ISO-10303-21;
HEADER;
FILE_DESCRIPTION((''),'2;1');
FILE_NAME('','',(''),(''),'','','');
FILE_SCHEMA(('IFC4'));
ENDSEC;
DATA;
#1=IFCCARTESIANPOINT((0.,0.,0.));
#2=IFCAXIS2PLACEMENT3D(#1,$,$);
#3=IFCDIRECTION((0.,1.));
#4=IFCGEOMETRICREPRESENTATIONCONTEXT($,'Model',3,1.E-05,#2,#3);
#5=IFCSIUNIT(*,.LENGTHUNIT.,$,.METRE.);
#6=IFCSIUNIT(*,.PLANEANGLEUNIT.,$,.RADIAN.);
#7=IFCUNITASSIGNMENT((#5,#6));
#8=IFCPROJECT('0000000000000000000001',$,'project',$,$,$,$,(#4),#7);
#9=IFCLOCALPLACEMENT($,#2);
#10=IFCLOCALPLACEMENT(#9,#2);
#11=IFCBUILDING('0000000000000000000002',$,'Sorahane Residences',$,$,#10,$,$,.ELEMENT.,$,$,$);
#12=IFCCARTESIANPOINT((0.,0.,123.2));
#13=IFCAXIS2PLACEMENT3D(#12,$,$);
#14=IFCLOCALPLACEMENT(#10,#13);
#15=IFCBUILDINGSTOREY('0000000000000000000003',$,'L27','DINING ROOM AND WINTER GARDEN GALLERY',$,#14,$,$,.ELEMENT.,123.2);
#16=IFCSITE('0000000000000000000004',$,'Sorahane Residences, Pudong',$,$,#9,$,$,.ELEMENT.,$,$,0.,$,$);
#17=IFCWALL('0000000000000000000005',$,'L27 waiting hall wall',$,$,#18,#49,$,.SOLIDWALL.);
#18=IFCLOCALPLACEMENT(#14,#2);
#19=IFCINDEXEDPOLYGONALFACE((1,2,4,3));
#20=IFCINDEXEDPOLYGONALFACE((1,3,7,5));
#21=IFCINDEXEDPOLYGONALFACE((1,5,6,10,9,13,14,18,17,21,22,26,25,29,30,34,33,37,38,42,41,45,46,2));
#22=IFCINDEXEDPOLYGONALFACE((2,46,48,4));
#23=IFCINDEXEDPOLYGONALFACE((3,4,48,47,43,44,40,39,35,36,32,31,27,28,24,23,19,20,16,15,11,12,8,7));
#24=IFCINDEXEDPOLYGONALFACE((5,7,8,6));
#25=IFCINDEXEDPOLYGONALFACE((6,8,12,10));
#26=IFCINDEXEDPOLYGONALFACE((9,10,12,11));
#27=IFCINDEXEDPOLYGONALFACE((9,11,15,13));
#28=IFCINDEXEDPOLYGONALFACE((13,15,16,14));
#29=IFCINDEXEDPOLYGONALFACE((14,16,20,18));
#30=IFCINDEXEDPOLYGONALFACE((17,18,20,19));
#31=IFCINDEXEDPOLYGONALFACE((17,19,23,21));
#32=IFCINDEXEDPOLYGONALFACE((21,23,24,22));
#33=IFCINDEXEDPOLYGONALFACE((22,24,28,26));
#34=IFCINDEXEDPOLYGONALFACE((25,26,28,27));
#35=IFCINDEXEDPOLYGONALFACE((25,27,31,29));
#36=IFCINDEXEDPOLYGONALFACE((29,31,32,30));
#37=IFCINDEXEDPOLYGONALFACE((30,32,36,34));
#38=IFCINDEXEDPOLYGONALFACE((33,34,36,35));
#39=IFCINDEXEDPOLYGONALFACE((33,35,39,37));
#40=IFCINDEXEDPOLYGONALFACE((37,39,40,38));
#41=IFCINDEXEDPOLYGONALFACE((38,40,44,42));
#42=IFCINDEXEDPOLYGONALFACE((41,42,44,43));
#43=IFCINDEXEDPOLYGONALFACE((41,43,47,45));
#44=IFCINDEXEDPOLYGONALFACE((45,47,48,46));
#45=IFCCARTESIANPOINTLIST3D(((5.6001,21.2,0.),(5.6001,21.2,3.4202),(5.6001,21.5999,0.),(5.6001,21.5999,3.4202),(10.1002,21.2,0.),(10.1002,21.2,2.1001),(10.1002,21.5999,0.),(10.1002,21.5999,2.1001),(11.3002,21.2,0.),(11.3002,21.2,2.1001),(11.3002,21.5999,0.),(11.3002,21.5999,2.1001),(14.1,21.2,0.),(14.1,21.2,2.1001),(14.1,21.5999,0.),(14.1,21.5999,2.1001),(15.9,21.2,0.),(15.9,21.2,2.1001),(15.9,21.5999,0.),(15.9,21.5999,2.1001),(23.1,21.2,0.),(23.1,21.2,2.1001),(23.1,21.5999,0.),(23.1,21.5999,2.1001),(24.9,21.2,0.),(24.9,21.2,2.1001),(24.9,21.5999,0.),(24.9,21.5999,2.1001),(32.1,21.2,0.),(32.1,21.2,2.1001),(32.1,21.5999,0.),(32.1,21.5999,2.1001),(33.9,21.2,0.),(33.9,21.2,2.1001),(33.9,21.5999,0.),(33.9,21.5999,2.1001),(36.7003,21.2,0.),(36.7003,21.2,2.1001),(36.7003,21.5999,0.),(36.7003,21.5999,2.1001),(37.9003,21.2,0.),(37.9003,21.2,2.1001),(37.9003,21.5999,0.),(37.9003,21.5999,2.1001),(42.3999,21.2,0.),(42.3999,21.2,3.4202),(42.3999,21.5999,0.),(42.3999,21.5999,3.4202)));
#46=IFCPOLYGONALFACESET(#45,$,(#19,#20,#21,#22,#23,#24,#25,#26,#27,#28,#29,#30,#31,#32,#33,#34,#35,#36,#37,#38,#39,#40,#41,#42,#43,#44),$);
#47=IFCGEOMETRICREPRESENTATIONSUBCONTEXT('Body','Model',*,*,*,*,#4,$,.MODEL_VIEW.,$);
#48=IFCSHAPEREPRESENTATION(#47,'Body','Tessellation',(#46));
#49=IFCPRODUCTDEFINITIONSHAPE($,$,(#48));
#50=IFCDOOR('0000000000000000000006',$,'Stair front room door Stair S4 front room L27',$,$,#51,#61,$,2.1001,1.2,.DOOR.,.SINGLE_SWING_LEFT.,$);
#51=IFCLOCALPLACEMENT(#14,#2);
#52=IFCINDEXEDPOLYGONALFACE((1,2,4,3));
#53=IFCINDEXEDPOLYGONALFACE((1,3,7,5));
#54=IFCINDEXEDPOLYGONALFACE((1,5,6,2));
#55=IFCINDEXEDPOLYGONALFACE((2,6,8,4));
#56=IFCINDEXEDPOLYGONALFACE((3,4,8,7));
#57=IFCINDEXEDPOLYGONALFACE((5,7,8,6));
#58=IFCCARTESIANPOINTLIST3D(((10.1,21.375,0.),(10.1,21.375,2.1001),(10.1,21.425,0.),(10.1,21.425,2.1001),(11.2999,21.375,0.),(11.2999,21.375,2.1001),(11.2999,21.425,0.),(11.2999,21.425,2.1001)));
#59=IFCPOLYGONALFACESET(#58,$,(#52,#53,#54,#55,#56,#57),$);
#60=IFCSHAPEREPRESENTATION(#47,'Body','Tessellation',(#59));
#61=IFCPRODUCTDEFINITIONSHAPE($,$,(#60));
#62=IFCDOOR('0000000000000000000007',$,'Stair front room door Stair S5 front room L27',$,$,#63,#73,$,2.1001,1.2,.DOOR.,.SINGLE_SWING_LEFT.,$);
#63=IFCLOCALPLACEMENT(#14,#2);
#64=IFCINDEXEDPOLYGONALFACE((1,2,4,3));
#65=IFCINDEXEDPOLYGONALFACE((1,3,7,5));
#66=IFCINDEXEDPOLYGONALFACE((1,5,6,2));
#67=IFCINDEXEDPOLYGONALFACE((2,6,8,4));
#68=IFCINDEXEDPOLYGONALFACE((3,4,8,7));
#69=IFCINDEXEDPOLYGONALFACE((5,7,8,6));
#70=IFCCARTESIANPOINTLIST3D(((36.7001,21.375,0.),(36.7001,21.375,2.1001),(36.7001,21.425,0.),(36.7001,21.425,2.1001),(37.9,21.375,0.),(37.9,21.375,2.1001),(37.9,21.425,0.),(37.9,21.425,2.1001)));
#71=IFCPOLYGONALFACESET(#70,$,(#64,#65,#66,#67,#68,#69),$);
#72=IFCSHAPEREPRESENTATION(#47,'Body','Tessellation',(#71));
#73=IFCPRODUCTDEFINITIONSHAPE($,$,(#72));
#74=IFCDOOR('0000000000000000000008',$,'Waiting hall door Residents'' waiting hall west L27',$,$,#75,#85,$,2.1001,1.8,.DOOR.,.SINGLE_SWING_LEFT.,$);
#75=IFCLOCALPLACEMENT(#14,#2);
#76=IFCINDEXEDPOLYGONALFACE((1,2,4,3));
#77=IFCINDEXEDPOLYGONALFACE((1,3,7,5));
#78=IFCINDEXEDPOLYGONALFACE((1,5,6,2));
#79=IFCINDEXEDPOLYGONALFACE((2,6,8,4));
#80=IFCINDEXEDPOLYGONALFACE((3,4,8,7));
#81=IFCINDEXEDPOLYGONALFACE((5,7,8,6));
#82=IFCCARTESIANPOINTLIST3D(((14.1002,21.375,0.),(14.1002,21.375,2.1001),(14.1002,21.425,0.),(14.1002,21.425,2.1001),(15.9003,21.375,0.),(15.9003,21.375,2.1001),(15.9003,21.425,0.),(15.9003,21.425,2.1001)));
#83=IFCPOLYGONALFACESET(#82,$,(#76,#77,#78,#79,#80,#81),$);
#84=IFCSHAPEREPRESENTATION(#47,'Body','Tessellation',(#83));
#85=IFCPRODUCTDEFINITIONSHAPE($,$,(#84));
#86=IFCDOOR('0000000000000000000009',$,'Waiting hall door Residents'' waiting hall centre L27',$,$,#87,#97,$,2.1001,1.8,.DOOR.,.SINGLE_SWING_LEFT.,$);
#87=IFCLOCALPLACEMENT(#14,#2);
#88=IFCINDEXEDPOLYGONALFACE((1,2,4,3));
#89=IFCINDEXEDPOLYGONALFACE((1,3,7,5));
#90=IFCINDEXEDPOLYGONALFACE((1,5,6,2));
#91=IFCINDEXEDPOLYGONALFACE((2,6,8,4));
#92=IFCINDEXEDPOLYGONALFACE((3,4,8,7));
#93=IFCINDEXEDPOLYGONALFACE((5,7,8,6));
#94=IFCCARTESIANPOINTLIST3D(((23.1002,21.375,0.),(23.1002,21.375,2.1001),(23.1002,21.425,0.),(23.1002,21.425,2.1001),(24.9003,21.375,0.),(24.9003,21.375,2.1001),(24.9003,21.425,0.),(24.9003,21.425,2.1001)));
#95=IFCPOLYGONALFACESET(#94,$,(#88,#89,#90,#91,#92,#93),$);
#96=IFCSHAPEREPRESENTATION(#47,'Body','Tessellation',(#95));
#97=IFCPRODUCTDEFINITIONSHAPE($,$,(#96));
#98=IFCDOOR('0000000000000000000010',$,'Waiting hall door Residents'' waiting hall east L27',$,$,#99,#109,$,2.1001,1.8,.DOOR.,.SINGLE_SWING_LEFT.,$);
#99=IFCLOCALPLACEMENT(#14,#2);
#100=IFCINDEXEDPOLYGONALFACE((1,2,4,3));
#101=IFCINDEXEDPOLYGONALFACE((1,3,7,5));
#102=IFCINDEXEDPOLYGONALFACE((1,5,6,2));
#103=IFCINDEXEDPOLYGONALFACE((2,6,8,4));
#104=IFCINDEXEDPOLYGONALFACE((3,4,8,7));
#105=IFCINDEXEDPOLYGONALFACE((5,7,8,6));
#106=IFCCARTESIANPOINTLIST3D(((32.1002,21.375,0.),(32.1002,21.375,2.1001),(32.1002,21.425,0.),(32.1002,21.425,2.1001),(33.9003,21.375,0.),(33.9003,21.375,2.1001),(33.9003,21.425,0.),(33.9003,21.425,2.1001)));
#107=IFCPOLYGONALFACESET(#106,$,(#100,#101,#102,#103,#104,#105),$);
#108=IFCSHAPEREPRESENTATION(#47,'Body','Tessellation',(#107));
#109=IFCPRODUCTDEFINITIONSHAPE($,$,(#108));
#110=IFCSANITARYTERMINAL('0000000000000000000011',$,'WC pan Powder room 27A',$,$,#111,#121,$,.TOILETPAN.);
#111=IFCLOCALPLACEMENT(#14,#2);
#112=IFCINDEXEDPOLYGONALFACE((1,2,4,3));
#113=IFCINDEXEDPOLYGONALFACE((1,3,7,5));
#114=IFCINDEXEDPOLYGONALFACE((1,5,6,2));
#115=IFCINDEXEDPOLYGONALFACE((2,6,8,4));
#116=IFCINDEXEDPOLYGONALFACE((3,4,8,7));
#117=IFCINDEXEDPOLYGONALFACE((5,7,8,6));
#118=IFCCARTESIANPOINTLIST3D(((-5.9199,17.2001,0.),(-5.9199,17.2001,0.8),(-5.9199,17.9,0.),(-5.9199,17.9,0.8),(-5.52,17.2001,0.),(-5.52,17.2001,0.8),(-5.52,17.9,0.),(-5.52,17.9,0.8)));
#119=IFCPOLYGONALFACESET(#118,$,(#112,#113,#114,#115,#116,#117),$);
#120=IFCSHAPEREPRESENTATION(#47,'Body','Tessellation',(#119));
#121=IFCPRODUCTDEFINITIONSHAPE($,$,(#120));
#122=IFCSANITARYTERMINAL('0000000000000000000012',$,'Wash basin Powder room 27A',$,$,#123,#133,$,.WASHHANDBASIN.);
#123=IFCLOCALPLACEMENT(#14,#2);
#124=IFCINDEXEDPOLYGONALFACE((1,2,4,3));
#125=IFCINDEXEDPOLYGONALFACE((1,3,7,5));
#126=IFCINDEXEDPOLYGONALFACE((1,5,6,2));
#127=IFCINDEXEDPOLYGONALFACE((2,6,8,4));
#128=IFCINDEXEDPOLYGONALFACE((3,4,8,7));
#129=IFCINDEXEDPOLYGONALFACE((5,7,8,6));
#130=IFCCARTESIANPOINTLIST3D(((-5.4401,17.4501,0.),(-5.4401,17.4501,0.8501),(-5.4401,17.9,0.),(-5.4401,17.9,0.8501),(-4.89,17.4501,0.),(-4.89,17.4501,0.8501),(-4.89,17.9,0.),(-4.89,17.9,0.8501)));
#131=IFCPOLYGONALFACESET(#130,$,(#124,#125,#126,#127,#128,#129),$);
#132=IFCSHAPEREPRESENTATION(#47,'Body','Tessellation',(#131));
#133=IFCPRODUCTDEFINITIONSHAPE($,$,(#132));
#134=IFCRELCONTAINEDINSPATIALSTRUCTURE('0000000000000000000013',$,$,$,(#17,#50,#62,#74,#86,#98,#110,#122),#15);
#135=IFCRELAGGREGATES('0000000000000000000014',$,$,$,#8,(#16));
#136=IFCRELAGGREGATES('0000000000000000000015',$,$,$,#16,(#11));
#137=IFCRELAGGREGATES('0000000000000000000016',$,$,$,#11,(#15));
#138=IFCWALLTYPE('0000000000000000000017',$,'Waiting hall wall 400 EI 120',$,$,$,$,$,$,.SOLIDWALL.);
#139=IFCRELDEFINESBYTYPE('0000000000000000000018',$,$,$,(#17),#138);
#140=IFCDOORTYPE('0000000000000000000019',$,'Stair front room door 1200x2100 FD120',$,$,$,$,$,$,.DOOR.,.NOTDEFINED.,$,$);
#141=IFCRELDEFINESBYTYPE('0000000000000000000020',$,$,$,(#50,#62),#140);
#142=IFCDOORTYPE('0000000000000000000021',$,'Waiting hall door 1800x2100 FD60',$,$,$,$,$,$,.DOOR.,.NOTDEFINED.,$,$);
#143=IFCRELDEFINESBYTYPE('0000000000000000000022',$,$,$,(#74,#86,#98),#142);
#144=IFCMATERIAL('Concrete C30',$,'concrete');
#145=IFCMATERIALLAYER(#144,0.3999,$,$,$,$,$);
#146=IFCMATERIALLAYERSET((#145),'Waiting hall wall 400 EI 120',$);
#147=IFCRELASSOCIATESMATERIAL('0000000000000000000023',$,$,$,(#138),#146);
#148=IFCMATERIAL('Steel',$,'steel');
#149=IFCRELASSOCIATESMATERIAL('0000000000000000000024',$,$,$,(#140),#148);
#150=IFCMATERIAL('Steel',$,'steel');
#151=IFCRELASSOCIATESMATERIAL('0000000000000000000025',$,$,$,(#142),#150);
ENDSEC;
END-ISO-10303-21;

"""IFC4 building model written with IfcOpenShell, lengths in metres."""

from ifc_helpers import new_model, si_unit, direction, frame, frame_2d, origin, origin_2d, place, context, subcontext, project, spatial, rectangle, extrude, material, layer, layer_set, type_object, element, fill, save


model = new_model("IFC4")

# Units and contexts
model_context = context("Model", 3, precision=1e-05, world=origin(), true_north=direction((0.0, 1.0)))
body_context = subcontext(model_context, "Body", "Model", "MODEL_VIEW")
ifc_project = project(units=[si_unit("LENGTHUNIT", "METRE"), si_unit("PLANEANGLEUNIT", "RADIAN")], contexts=[model_context])

# Site, building, storey
site_placement = place(None, origin())
site = spatial("IfcSite", under=ifc_project, at=site_placement, Name="Sorahane Residences, Pudong", CompositionType="ELEMENT", RefElevation=0.0)
building_placement = place(site_placement, origin())
building = spatial("IfcBuilding", under=site, at=building_placement, Name="Sorahane Residences", CompositionType="ELEMENT")
storey_placement = place(building_placement, frame((0.0, 0.0, 123.2)))
storey = spatial("IfcBuildingStorey", under=building, at=storey_placement, Name="L27", Description="DINING ROOM AND WINTER GARDEN GALLERY", CompositionType="ELEMENT", Elevation=123.2)

# Wall, openings, doors
ifc_material_1 = material(Name="Concrete C30", Category="concrete")
ifc_layer_1 = layer(ifc_material_1, 0.3999)
ifc_layer_set_1 = layer_set([ifc_layer_1], Name="Waiting hall wall 400 EI 120")
wall_type_1 = type_object("IfcWallType", Name="Waiting hall wall 400 EI 120", PredefinedType="SOLIDWALL", material=ifc_layer_set_1)
wall_1_placement = place(storey_placement, frame((5.6001, 21.3999, 0.0), z_axis=(0.0, 0.0, 1.0), x_axis=(1.0, 0.0, 0.0)))
wall_1 = element("IfcWall", 1, at=wall_1_placement, inside=storey, type_object=wall_type_1, Name="L27 waiting hall wall", PredefinedType="SOLIDWALL", context=body_context, shape_type="SweptSolid", body=[
    extrude(rectangle(XDim=36.7998, YDim=0.3999, at=frame_2d((18.3999, 0.0))), origin(), (0.0, 0.0, 1.0), 3.4202),
])
opening_1_placement = place(wall_1_placement, frame((8.5, 0.0, 0.0)))
opening_1 = element("IfcOpeningElement", 2, at=opening_1_placement, cuts=wall_1, PredefinedType="OPENING", context=body_context, shape_type="SweptSolid", body=[
    extrude(rectangle(XDim=1.8, YDim=2.1001, at=frame_2d((0.8999, 1.05))), frame((0.0, 0.21, 0.0), z_axis=(0.0, -1.0, 0.0), x_axis=(1.0, 0.0, 0.0)), (0.0, 0.0, 1.0), 0.4199),
])
opening_2_placement = place(wall_1_placement, frame((17.5, 0.0, 0.0)))
opening_2 = element("IfcOpeningElement", 3, at=opening_2_placement, cuts=wall_1, PredefinedType="OPENING", context=body_context, shape_type="SweptSolid", body=[
    extrude(rectangle(XDim=1.8, YDim=2.1001, at=frame_2d((0.8999, 1.05))), frame((0.0, 0.21, 0.0), z_axis=(0.0, -1.0, 0.0), x_axis=(1.0, 0.0, 0.0)), (0.0, 0.0, 1.0), 0.4199),
])
opening_3_placement = place(wall_1_placement, frame((26.5, 0.0, 0.0)))
opening_3 = element("IfcOpeningElement", 4, at=opening_3_placement, cuts=wall_1, PredefinedType="OPENING", context=body_context, shape_type="SweptSolid", body=[
    extrude(rectangle(XDim=1.8, YDim=2.1001, at=frame_2d((0.8999, 1.05))), frame((0.0, 0.21, 0.0), z_axis=(0.0, -1.0, 0.0), x_axis=(1.0, 0.0, 0.0)), (0.0, 0.0, 1.0), 0.4199),
])
opening_4_placement = place(wall_1_placement, frame((4.5, 0.0, 0.0)))
opening_4 = element("IfcOpeningElement", 5, at=opening_4_placement, cuts=wall_1, PredefinedType="OPENING", context=body_context, shape_type="SweptSolid", body=[
    extrude(rectangle(XDim=1.2, YDim=2.1001, at=frame_2d((0.6001, 1.05))), frame((0.0, 0.21, 0.0), z_axis=(0.0, -1.0, 0.0), x_axis=(1.0, 0.0, 0.0)), (0.0, 0.0, 1.0), 0.4199),
])
opening_5_placement = place(wall_1_placement, frame((31.1001, 0.0, 0.0)))
opening_5 = element("IfcOpeningElement", 6, at=opening_5_placement, cuts=wall_1, PredefinedType="OPENING", context=body_context, shape_type="SweptSolid", body=[
    extrude(rectangle(XDim=1.2, YDim=2.1001, at=frame_2d((0.6001, 1.05))), frame((0.0, 0.21, 0.0), z_axis=(0.0, -1.0, 0.0), x_axis=(1.0, 0.0, 0.0)), (0.0, 0.0, 1.0), 0.4199),
])
ifc_material_2 = material(Name="Steel", Category="steel")
door_type_1 = type_object("IfcDoorType", Name="Stair front room door 1200x2100 FD120", OperationType="NOTDEFINED", PredefinedType="DOOR", material=ifc_material_2)
door_1_placement = place(opening_4_placement, frame((1.2, 0.0, 0.0), z_axis=(0.0, 0.0, 1.0), x_axis=(-1.0, 0.0, 0.0)))
door_1 = element("IfcDoor", 7, at=door_1_placement, inside=storey, type_object=door_type_1, Name="Stair front room door Stair S4 front room L27", OperationType="SINGLE_SWING_LEFT", OverallHeight=2.1001, OverallWidth=1.2, PredefinedType="DOOR", context=body_context, shape_type="SweptSolid", body=[
    extrude(rectangle(XDim=1.2, YDim=2.1001, at=frame_2d((0.6001, 1.05))), frame((0.0, 0.0249, 0.0), z_axis=(0.0, -1.0, 0.0), x_axis=(1.0, 0.0, 0.0)), (0.0, 0.0, 1.0), 0.05),
])
fill(opening_4, door_1)
door_2_placement = place(opening_5_placement, frame((1.2, 0.0, 0.0), z_axis=(0.0, 0.0, 1.0), x_axis=(-1.0, 0.0, 0.0)))
door_2 = element("IfcDoor", 8, at=door_2_placement, inside=storey, type_object=door_type_1, Name="Stair front room door Stair S5 front room L27", OperationType="SINGLE_SWING_LEFT", OverallHeight=2.1001, OverallWidth=1.2, PredefinedType="DOOR", context=body_context, shape_type="SweptSolid", body=[
    extrude(rectangle(XDim=1.2, YDim=2.1001, at=frame_2d((0.6001, 1.05))), frame((0.0, 0.0249, 0.0), z_axis=(0.0, -1.0, 0.0), x_axis=(1.0, 0.0, 0.0)), (0.0, 0.0, 1.0), 0.05),
])
fill(opening_5, door_2)
ifc_material_3 = material(Name="Steel", Category="steel")
door_type_2 = type_object("IfcDoorType", Name="Waiting hall door 1800x2100 FD60", OperationType="NOTDEFINED", PredefinedType="DOOR", material=ifc_material_3)
door_3_placement = place(opening_1_placement, frame((1.8, 0.0, 0.0), z_axis=(0.0, 0.0, 1.0), x_axis=(-1.0, 0.0, 0.0)))
door_3 = element("IfcDoor", 9, at=door_3_placement, inside=storey, type_object=door_type_2, Name="Waiting hall door Residents' waiting hall west L27", OperationType="SINGLE_SWING_LEFT", OverallHeight=2.1001, OverallWidth=1.8, PredefinedType="DOOR", context=body_context, shape_type="SweptSolid", body=[
    extrude(rectangle(XDim=1.8, YDim=2.1001, at=frame_2d((0.8999, 1.05))), frame((0.0, 0.0249, 0.0), z_axis=(0.0, -1.0, 0.0), x_axis=(1.0, 0.0, 0.0)), (0.0, 0.0, 1.0), 0.05),
])
fill(opening_1, door_3)
door_4_placement = place(opening_2_placement, frame((1.8, 0.0, 0.0), z_axis=(0.0, 0.0, 1.0), x_axis=(-1.0, 0.0, 0.0)))
door_4 = element("IfcDoor", 10, at=door_4_placement, inside=storey, type_object=door_type_2, Name="Waiting hall door Residents' waiting hall centre L27", OperationType="SINGLE_SWING_LEFT", OverallHeight=2.1001, OverallWidth=1.8, PredefinedType="DOOR", context=body_context, shape_type="SweptSolid", body=[
    extrude(rectangle(XDim=1.8, YDim=2.1001, at=frame_2d((0.8999, 1.05))), frame((0.0, 0.0249, 0.0), z_axis=(0.0, -1.0, 0.0), x_axis=(1.0, 0.0, 0.0)), (0.0, 0.0, 1.0), 0.05),
])
fill(opening_2, door_4)
door_5_placement = place(opening_3_placement, frame((1.8, 0.0, 0.0), z_axis=(0.0, 0.0, 1.0), x_axis=(-1.0, 0.0, 0.0)))
door_5 = element("IfcDoor", 11, at=door_5_placement, inside=storey, type_object=door_type_2, Name="Waiting hall door Residents' waiting hall east L27", OperationType="SINGLE_SWING_LEFT", OverallHeight=2.1001, OverallWidth=1.8, PredefinedType="DOOR", context=body_context, shape_type="SweptSolid", body=[
    extrude(rectangle(XDim=1.8, YDim=2.1001, at=frame_2d((0.8999, 1.05))), frame((0.0, 0.0249, 0.0), z_axis=(0.0, -1.0, 0.0), x_axis=(1.0, 0.0, 0.0)), (0.0, 0.0, 1.0), 0.05),
])
fill(opening_3, door_5)

# Sanitary terminals
sanitary_terminal_1_placement = place(storey_placement, frame((-5.72, 17.55, 0.0), z_axis=(0.0, 0.0, 1.0), x_axis=(1.0, 0.0, 0.0)))
element("IfcSanitaryTerminal", 12, at=sanitary_terminal_1_placement, inside=storey, Name="WC pan Powder room 27A", PredefinedType="TOILETPAN", context=body_context, shape_type="SweptSolid", body=[
    extrude(rectangle(XDim=0.3999, YDim=0.7, at=origin_2d()), origin(), (0.0, 0.0, 1.0), 0.8),
])
sanitary_terminal_2_placement = place(storey_placement, frame((-5.165, 17.675, 0.0), z_axis=(0.0, 0.0, 1.0), x_axis=(1.0, 0.0, 0.0)))
element("IfcSanitaryTerminal", 13, at=sanitary_terminal_2_placement, inside=storey, Name="Wash basin Powder room 27A", PredefinedType="WASHHANDBASIN", context=body_context, shape_type="SweptSolid", body=[
    extrude(rectangle(XDim=0.55, YDim=0.45, at=origin_2d()), origin(), (0.0, 0.0, 1.0), 0.8501),
])

save(model, "model.ifc")
